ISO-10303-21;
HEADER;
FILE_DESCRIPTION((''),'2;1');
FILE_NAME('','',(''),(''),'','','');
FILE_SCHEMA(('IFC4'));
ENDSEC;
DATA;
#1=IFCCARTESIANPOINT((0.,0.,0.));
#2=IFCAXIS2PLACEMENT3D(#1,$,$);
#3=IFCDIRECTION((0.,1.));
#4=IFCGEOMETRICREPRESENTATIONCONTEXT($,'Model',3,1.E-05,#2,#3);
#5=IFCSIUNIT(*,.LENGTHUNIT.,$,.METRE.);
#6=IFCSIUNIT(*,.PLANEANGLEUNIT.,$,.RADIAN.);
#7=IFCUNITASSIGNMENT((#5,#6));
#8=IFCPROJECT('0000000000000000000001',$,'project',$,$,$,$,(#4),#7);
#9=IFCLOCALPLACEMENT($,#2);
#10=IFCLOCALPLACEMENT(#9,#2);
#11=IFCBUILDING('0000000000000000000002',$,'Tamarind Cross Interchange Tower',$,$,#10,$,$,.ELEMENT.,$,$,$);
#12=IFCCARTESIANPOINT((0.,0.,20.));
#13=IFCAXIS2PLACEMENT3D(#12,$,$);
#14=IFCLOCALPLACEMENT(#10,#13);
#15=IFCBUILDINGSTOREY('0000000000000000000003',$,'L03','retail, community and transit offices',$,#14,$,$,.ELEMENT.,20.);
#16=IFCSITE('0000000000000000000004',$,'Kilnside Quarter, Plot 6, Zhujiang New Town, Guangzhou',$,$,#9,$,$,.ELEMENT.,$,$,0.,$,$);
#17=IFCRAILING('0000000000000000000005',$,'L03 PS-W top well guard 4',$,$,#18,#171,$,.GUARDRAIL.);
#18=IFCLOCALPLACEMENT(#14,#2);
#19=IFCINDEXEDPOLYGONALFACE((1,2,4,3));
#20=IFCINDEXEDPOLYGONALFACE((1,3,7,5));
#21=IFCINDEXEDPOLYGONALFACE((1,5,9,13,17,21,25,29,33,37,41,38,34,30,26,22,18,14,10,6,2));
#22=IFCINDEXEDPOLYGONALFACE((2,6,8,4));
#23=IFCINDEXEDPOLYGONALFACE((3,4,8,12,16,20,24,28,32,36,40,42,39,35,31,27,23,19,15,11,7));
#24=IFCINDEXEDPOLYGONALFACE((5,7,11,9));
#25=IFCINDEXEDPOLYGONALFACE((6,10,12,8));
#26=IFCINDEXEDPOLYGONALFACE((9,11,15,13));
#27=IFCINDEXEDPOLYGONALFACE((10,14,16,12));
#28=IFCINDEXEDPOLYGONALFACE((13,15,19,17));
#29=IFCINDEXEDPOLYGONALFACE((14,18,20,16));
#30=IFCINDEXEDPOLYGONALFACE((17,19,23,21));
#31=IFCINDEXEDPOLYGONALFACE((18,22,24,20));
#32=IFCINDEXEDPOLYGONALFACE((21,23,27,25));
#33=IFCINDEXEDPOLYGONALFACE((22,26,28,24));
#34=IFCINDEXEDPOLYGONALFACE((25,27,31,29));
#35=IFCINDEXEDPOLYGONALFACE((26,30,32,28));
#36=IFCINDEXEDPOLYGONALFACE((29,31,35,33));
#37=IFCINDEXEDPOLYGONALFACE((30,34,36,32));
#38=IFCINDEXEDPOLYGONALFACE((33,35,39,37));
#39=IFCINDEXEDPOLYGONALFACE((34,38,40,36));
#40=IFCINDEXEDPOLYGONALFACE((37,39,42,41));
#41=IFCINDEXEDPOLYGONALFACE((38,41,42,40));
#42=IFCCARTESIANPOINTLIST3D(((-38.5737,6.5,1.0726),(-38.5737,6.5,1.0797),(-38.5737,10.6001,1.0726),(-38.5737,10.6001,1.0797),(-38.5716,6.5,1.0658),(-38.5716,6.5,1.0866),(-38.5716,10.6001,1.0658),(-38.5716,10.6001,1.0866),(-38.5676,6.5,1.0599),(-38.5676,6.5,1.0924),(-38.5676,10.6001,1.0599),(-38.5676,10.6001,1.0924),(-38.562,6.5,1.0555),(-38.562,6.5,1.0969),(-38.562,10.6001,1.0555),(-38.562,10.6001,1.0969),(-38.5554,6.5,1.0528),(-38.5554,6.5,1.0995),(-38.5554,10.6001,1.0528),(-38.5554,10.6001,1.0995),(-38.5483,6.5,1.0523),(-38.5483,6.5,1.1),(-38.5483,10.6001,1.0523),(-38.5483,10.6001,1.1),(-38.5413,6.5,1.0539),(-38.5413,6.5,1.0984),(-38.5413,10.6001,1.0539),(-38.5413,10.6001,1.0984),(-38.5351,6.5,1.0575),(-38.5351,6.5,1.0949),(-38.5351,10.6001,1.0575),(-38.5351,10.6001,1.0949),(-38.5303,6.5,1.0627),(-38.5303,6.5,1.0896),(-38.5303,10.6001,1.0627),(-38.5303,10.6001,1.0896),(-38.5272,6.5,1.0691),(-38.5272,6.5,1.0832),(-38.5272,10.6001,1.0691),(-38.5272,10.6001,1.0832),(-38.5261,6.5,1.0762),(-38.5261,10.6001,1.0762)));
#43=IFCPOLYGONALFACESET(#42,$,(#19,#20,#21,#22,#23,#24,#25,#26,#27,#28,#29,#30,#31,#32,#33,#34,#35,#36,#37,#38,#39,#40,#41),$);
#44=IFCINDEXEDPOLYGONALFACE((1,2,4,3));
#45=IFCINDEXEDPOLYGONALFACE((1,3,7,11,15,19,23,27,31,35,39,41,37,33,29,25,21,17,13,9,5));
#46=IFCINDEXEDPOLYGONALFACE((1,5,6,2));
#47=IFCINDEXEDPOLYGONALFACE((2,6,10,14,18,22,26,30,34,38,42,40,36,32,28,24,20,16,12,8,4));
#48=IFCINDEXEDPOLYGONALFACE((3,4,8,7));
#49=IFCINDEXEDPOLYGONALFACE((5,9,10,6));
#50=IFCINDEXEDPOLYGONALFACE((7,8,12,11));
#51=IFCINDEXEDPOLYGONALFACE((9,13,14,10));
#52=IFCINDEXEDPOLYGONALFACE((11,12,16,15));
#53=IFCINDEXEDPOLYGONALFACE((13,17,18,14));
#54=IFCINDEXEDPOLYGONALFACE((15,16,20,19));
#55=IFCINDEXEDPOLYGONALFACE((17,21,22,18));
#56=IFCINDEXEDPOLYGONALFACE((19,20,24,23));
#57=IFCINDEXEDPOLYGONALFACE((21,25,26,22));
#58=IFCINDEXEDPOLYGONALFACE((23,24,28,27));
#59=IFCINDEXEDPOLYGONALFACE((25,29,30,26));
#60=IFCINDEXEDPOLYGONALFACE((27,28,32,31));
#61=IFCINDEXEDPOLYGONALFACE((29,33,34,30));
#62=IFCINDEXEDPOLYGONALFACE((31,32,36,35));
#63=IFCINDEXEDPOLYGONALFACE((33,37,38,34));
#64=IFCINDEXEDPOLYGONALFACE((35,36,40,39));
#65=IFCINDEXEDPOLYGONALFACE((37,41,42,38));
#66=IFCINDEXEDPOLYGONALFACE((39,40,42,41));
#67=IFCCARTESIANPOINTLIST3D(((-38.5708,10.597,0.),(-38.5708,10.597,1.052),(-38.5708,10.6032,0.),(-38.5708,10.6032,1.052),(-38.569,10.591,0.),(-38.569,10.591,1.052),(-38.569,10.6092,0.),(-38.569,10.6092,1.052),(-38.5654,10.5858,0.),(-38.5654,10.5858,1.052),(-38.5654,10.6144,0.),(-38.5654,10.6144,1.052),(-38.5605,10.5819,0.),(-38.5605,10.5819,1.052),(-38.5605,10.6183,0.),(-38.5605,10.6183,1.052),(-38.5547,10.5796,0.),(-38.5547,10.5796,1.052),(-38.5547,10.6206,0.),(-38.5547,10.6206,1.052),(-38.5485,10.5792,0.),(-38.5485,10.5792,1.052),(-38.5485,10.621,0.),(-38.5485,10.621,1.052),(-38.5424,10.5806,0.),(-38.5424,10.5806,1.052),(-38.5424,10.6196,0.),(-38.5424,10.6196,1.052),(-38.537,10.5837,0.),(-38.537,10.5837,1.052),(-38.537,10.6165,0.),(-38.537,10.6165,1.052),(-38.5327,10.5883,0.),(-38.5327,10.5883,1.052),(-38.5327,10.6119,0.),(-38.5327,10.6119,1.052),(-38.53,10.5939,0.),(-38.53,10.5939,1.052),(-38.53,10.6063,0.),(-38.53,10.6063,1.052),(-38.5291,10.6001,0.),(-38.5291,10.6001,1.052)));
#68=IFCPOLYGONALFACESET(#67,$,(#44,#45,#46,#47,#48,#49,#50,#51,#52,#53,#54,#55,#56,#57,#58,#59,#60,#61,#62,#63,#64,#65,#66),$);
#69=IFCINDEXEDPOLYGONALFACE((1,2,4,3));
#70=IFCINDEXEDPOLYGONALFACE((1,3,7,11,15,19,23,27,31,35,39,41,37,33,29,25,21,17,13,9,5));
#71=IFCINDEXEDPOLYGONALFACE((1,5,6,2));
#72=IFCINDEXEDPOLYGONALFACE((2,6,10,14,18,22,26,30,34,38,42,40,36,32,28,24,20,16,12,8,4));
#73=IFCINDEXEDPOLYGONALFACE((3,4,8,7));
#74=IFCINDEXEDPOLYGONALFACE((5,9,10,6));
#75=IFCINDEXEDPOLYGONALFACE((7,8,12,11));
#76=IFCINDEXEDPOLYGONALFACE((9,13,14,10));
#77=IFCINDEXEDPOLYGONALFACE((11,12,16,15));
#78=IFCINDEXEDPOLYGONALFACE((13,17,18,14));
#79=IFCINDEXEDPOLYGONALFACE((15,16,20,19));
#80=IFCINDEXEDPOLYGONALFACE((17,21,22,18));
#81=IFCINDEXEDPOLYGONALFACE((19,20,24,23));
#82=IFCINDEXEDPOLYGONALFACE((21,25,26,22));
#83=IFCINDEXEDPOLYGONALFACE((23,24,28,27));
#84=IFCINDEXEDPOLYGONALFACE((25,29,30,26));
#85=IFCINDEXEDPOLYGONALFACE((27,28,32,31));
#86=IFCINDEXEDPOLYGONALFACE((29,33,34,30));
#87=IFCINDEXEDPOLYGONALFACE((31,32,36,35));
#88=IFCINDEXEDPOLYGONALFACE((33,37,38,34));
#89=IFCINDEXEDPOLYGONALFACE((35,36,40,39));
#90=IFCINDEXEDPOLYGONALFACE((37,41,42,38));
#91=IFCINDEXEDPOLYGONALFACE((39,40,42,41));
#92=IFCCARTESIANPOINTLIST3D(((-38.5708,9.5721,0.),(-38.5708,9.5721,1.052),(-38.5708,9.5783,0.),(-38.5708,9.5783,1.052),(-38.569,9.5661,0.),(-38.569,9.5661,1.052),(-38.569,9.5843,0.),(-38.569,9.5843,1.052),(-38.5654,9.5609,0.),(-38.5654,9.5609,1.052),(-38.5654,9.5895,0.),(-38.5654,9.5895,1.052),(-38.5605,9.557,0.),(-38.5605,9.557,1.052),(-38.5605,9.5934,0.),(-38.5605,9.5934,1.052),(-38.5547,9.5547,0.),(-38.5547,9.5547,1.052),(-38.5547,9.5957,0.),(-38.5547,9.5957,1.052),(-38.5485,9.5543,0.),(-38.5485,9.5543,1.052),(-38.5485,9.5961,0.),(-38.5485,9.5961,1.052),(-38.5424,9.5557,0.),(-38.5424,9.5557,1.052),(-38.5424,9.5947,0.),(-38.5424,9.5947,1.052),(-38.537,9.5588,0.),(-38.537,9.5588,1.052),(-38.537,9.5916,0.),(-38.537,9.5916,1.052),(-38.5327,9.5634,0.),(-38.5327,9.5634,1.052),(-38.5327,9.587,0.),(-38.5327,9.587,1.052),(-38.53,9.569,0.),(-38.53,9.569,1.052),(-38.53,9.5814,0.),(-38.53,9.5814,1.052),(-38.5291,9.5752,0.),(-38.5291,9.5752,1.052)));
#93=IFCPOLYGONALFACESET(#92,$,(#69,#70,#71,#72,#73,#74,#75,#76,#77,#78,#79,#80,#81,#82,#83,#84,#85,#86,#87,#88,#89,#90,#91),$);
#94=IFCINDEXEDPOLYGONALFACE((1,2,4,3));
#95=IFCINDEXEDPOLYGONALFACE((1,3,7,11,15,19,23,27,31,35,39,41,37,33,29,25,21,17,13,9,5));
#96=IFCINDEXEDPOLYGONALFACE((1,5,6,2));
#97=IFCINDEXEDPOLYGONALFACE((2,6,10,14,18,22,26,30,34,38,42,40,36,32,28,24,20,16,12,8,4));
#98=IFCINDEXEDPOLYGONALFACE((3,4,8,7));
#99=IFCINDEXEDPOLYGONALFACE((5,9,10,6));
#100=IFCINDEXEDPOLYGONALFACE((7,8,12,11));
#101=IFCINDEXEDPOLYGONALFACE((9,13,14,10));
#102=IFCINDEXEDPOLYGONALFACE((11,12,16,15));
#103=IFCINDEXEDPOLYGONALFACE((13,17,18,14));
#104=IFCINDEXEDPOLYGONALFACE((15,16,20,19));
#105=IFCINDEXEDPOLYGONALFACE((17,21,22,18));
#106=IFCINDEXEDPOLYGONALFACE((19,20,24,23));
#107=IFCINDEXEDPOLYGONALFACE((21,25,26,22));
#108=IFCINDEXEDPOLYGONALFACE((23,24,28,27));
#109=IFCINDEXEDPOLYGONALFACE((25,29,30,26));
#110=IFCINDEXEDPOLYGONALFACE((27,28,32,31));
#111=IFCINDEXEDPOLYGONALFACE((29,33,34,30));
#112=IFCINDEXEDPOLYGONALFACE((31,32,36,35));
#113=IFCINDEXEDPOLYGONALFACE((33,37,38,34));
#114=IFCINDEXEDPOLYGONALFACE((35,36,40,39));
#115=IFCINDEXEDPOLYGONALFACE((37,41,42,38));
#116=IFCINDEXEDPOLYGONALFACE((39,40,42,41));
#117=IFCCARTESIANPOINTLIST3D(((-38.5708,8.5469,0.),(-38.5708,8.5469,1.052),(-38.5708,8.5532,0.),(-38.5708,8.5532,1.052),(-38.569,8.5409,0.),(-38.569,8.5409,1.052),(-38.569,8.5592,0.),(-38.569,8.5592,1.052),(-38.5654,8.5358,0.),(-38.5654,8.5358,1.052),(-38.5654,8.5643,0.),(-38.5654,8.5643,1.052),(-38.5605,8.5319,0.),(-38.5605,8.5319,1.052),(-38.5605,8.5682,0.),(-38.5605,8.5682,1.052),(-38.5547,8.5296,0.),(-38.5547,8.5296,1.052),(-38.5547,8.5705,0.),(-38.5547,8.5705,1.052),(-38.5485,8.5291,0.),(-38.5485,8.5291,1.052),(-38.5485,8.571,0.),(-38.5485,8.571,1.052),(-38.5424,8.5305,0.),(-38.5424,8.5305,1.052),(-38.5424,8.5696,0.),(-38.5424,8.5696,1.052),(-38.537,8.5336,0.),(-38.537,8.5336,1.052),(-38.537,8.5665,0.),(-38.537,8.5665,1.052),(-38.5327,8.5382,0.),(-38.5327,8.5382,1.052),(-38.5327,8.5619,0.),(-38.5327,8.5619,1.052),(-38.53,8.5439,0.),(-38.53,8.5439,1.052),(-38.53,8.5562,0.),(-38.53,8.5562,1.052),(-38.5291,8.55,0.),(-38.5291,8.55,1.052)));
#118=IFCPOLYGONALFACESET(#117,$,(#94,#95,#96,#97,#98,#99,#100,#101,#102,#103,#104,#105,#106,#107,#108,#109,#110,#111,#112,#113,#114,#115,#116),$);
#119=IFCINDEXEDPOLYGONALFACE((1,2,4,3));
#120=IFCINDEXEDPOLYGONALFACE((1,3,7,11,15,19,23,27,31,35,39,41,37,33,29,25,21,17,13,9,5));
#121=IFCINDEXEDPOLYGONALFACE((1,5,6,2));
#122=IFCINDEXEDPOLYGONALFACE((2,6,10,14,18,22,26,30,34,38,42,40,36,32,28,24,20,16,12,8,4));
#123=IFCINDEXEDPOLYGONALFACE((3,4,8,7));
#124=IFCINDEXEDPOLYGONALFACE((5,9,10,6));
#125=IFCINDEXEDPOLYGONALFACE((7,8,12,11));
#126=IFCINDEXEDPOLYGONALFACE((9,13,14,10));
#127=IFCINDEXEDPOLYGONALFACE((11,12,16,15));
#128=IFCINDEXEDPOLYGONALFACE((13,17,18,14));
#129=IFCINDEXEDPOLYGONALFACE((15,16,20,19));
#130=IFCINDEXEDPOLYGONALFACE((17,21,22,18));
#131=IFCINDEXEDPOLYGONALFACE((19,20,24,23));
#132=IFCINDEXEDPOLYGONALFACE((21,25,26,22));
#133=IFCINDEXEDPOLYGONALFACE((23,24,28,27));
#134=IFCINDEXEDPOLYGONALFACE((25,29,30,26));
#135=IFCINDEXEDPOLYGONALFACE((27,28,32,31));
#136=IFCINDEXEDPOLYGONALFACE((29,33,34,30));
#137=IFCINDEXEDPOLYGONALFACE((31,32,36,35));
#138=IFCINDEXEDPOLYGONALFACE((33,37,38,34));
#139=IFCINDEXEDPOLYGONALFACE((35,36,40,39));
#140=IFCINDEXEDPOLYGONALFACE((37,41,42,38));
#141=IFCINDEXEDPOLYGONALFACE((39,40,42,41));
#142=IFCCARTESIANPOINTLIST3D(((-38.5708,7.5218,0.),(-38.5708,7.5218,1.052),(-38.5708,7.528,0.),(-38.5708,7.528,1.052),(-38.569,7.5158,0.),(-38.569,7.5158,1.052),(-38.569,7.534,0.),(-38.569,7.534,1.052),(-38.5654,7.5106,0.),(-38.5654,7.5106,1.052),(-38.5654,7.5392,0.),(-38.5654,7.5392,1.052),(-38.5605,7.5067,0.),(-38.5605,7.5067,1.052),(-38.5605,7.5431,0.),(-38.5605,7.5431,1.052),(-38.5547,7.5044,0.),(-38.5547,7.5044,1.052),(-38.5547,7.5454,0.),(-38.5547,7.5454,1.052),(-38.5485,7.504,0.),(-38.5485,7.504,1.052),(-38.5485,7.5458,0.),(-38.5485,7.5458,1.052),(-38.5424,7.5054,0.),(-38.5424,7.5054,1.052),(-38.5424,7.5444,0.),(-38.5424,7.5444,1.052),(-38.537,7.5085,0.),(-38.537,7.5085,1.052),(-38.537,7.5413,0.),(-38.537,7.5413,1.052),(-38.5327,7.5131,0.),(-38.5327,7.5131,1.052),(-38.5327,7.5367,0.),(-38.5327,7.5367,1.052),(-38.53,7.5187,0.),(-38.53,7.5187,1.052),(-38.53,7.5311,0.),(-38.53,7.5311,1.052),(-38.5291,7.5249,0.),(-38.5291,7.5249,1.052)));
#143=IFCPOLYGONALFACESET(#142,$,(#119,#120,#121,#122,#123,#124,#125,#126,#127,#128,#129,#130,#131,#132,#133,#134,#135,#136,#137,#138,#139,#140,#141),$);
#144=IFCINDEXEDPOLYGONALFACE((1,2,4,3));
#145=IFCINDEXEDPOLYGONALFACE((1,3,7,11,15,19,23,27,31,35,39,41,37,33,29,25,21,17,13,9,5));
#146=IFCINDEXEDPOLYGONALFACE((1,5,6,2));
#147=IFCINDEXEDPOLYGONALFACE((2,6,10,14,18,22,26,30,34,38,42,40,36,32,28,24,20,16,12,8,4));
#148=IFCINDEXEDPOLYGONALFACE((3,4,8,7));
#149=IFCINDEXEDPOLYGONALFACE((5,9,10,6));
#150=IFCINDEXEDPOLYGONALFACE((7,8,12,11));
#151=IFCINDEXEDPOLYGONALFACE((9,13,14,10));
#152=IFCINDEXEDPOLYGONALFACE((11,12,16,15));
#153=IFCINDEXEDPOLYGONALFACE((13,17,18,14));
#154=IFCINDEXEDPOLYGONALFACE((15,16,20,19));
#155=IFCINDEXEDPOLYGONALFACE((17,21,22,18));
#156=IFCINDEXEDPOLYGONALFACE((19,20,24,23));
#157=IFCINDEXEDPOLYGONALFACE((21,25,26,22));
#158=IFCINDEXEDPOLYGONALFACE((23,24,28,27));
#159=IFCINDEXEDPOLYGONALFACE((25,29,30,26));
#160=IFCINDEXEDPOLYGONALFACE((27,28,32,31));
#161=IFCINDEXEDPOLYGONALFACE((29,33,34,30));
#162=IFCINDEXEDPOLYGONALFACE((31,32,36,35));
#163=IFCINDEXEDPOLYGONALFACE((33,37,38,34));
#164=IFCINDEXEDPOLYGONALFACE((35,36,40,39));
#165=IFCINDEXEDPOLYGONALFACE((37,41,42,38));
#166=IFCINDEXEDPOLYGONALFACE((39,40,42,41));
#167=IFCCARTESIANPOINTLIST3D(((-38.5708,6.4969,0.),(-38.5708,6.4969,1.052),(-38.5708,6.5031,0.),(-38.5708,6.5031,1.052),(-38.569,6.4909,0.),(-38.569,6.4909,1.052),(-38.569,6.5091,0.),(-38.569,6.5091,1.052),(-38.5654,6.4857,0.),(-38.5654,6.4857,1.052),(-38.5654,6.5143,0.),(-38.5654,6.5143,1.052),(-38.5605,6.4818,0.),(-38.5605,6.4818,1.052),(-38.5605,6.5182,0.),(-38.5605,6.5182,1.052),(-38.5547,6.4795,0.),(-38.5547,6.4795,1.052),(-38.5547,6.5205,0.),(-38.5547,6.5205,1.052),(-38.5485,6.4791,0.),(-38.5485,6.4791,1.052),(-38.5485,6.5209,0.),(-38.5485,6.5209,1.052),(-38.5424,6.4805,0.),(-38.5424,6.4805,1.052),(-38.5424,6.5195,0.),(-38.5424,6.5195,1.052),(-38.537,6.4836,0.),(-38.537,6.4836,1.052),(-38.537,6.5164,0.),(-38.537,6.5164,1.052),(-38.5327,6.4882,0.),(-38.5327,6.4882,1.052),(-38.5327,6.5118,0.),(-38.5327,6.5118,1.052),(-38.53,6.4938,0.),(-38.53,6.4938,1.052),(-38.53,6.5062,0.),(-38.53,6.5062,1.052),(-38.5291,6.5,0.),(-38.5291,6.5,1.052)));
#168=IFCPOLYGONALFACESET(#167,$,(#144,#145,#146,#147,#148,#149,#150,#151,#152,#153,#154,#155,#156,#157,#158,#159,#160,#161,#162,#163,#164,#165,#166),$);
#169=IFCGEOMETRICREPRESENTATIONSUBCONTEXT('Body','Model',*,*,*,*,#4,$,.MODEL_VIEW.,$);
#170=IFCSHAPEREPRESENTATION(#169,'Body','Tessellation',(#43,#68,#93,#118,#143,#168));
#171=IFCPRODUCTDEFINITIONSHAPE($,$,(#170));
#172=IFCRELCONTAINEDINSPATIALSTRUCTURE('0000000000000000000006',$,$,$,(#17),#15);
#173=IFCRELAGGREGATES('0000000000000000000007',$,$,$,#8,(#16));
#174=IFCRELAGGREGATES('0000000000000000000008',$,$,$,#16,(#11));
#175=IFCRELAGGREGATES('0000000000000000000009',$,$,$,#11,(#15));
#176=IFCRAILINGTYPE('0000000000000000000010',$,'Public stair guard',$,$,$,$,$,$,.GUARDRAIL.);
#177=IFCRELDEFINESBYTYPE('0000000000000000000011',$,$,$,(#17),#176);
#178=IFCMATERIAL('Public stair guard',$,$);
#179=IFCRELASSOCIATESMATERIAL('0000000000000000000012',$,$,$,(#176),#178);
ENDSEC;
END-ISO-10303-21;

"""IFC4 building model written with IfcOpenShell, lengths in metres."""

from ifc_helpers import new_model, si_unit, direction, frame, origin, origin_2d, place, context, subcontext, project, spatial, circle, extrude, material, type_object, element, save


model = new_model("IFC4")

# Units and contexts
model_context = context("Model", 3, precision=1e-05, world=origin(), true_north=direction((0.0, 1.0)))
body_context = subcontext(model_context, "Body", "Model", "MODEL_VIEW")
ifc_project = project(units=[si_unit("LENGTHUNIT", "METRE"), si_unit("PLANEANGLEUNIT", "RADIAN")], contexts=[model_context])

# Site, building, storey
site_placement = place(None, origin())
site = spatial("IfcSite", under=ifc_project, at=site_placement, Name="Kilnside Quarter, Plot 6, Zhujiang New Town, Guangzhou", CompositionType="ELEMENT", RefElevation=0.0)
building_placement = place(site_placement, origin())
building = spatial("IfcBuilding", under=site, at=building_placement, Name="Tamarind Cross Interchange Tower", CompositionType="ELEMENT")
storey_placement = place(building_placement, frame((0.0, 0.0, 20.0)))
storey = spatial("IfcBuildingStorey", under=building, at=storey_placement, Name="L03", Description="retail, community and transit offices", CompositionType="ELEMENT", Elevation=20.0)

# Railing
ifc_material_1 = material(Name="Public stair guard")
railing_type_1 = type_object("IfcRailingType", Name="Public stair guard", PredefinedType="GUARDRAIL", material=ifc_material_1)
railing_1_placement = place(storey_placement, frame((-38.55, 10.6001, 0.0)))
element("IfcRailing", 1, at=railing_1_placement, inside=storey, type_object=railing_type_1, Name="L03 PS-W top well guard 4", PredefinedType="GUARDRAIL", context=body_context, shape_type="SweptSolid", body=[
    extrude(circle(Radius=0.0239, at=origin_2d()), frame((0.0, 0.0, 1.0762), z_axis=(0.0, -1.0, 0.0), x_axis=(1.0, 0.0, 0.0)), (0.0, 0.0, 1.0), 4.1001),
    extrude(circle(Radius=0.021, at=origin_2d()), origin(), (0.0, 0.0, 1.0), 1.052),
    extrude(circle(Radius=0.021, at=origin_2d()), frame((0.0, -1.0249, 0.0)), (0.0, 0.0, 1.0), 1.052),
    extrude(circle(Radius=0.021, at=origin_2d()), frame((0.0, -2.05, 0.0)), (0.0, 0.0, 1.0), 1.052),
    extrude(circle(Radius=0.021, at=origin_2d()), frame((0.0, -3.0752, 0.0)), (0.0, 0.0, 1.0), 1.052),
    extrude(circle(Radius=0.021, at=origin_2d()), frame((0.0, -4.1001, 0.0)), (0.0, 0.0, 1.0), 1.052),
])

save(model, "model.ifc")
